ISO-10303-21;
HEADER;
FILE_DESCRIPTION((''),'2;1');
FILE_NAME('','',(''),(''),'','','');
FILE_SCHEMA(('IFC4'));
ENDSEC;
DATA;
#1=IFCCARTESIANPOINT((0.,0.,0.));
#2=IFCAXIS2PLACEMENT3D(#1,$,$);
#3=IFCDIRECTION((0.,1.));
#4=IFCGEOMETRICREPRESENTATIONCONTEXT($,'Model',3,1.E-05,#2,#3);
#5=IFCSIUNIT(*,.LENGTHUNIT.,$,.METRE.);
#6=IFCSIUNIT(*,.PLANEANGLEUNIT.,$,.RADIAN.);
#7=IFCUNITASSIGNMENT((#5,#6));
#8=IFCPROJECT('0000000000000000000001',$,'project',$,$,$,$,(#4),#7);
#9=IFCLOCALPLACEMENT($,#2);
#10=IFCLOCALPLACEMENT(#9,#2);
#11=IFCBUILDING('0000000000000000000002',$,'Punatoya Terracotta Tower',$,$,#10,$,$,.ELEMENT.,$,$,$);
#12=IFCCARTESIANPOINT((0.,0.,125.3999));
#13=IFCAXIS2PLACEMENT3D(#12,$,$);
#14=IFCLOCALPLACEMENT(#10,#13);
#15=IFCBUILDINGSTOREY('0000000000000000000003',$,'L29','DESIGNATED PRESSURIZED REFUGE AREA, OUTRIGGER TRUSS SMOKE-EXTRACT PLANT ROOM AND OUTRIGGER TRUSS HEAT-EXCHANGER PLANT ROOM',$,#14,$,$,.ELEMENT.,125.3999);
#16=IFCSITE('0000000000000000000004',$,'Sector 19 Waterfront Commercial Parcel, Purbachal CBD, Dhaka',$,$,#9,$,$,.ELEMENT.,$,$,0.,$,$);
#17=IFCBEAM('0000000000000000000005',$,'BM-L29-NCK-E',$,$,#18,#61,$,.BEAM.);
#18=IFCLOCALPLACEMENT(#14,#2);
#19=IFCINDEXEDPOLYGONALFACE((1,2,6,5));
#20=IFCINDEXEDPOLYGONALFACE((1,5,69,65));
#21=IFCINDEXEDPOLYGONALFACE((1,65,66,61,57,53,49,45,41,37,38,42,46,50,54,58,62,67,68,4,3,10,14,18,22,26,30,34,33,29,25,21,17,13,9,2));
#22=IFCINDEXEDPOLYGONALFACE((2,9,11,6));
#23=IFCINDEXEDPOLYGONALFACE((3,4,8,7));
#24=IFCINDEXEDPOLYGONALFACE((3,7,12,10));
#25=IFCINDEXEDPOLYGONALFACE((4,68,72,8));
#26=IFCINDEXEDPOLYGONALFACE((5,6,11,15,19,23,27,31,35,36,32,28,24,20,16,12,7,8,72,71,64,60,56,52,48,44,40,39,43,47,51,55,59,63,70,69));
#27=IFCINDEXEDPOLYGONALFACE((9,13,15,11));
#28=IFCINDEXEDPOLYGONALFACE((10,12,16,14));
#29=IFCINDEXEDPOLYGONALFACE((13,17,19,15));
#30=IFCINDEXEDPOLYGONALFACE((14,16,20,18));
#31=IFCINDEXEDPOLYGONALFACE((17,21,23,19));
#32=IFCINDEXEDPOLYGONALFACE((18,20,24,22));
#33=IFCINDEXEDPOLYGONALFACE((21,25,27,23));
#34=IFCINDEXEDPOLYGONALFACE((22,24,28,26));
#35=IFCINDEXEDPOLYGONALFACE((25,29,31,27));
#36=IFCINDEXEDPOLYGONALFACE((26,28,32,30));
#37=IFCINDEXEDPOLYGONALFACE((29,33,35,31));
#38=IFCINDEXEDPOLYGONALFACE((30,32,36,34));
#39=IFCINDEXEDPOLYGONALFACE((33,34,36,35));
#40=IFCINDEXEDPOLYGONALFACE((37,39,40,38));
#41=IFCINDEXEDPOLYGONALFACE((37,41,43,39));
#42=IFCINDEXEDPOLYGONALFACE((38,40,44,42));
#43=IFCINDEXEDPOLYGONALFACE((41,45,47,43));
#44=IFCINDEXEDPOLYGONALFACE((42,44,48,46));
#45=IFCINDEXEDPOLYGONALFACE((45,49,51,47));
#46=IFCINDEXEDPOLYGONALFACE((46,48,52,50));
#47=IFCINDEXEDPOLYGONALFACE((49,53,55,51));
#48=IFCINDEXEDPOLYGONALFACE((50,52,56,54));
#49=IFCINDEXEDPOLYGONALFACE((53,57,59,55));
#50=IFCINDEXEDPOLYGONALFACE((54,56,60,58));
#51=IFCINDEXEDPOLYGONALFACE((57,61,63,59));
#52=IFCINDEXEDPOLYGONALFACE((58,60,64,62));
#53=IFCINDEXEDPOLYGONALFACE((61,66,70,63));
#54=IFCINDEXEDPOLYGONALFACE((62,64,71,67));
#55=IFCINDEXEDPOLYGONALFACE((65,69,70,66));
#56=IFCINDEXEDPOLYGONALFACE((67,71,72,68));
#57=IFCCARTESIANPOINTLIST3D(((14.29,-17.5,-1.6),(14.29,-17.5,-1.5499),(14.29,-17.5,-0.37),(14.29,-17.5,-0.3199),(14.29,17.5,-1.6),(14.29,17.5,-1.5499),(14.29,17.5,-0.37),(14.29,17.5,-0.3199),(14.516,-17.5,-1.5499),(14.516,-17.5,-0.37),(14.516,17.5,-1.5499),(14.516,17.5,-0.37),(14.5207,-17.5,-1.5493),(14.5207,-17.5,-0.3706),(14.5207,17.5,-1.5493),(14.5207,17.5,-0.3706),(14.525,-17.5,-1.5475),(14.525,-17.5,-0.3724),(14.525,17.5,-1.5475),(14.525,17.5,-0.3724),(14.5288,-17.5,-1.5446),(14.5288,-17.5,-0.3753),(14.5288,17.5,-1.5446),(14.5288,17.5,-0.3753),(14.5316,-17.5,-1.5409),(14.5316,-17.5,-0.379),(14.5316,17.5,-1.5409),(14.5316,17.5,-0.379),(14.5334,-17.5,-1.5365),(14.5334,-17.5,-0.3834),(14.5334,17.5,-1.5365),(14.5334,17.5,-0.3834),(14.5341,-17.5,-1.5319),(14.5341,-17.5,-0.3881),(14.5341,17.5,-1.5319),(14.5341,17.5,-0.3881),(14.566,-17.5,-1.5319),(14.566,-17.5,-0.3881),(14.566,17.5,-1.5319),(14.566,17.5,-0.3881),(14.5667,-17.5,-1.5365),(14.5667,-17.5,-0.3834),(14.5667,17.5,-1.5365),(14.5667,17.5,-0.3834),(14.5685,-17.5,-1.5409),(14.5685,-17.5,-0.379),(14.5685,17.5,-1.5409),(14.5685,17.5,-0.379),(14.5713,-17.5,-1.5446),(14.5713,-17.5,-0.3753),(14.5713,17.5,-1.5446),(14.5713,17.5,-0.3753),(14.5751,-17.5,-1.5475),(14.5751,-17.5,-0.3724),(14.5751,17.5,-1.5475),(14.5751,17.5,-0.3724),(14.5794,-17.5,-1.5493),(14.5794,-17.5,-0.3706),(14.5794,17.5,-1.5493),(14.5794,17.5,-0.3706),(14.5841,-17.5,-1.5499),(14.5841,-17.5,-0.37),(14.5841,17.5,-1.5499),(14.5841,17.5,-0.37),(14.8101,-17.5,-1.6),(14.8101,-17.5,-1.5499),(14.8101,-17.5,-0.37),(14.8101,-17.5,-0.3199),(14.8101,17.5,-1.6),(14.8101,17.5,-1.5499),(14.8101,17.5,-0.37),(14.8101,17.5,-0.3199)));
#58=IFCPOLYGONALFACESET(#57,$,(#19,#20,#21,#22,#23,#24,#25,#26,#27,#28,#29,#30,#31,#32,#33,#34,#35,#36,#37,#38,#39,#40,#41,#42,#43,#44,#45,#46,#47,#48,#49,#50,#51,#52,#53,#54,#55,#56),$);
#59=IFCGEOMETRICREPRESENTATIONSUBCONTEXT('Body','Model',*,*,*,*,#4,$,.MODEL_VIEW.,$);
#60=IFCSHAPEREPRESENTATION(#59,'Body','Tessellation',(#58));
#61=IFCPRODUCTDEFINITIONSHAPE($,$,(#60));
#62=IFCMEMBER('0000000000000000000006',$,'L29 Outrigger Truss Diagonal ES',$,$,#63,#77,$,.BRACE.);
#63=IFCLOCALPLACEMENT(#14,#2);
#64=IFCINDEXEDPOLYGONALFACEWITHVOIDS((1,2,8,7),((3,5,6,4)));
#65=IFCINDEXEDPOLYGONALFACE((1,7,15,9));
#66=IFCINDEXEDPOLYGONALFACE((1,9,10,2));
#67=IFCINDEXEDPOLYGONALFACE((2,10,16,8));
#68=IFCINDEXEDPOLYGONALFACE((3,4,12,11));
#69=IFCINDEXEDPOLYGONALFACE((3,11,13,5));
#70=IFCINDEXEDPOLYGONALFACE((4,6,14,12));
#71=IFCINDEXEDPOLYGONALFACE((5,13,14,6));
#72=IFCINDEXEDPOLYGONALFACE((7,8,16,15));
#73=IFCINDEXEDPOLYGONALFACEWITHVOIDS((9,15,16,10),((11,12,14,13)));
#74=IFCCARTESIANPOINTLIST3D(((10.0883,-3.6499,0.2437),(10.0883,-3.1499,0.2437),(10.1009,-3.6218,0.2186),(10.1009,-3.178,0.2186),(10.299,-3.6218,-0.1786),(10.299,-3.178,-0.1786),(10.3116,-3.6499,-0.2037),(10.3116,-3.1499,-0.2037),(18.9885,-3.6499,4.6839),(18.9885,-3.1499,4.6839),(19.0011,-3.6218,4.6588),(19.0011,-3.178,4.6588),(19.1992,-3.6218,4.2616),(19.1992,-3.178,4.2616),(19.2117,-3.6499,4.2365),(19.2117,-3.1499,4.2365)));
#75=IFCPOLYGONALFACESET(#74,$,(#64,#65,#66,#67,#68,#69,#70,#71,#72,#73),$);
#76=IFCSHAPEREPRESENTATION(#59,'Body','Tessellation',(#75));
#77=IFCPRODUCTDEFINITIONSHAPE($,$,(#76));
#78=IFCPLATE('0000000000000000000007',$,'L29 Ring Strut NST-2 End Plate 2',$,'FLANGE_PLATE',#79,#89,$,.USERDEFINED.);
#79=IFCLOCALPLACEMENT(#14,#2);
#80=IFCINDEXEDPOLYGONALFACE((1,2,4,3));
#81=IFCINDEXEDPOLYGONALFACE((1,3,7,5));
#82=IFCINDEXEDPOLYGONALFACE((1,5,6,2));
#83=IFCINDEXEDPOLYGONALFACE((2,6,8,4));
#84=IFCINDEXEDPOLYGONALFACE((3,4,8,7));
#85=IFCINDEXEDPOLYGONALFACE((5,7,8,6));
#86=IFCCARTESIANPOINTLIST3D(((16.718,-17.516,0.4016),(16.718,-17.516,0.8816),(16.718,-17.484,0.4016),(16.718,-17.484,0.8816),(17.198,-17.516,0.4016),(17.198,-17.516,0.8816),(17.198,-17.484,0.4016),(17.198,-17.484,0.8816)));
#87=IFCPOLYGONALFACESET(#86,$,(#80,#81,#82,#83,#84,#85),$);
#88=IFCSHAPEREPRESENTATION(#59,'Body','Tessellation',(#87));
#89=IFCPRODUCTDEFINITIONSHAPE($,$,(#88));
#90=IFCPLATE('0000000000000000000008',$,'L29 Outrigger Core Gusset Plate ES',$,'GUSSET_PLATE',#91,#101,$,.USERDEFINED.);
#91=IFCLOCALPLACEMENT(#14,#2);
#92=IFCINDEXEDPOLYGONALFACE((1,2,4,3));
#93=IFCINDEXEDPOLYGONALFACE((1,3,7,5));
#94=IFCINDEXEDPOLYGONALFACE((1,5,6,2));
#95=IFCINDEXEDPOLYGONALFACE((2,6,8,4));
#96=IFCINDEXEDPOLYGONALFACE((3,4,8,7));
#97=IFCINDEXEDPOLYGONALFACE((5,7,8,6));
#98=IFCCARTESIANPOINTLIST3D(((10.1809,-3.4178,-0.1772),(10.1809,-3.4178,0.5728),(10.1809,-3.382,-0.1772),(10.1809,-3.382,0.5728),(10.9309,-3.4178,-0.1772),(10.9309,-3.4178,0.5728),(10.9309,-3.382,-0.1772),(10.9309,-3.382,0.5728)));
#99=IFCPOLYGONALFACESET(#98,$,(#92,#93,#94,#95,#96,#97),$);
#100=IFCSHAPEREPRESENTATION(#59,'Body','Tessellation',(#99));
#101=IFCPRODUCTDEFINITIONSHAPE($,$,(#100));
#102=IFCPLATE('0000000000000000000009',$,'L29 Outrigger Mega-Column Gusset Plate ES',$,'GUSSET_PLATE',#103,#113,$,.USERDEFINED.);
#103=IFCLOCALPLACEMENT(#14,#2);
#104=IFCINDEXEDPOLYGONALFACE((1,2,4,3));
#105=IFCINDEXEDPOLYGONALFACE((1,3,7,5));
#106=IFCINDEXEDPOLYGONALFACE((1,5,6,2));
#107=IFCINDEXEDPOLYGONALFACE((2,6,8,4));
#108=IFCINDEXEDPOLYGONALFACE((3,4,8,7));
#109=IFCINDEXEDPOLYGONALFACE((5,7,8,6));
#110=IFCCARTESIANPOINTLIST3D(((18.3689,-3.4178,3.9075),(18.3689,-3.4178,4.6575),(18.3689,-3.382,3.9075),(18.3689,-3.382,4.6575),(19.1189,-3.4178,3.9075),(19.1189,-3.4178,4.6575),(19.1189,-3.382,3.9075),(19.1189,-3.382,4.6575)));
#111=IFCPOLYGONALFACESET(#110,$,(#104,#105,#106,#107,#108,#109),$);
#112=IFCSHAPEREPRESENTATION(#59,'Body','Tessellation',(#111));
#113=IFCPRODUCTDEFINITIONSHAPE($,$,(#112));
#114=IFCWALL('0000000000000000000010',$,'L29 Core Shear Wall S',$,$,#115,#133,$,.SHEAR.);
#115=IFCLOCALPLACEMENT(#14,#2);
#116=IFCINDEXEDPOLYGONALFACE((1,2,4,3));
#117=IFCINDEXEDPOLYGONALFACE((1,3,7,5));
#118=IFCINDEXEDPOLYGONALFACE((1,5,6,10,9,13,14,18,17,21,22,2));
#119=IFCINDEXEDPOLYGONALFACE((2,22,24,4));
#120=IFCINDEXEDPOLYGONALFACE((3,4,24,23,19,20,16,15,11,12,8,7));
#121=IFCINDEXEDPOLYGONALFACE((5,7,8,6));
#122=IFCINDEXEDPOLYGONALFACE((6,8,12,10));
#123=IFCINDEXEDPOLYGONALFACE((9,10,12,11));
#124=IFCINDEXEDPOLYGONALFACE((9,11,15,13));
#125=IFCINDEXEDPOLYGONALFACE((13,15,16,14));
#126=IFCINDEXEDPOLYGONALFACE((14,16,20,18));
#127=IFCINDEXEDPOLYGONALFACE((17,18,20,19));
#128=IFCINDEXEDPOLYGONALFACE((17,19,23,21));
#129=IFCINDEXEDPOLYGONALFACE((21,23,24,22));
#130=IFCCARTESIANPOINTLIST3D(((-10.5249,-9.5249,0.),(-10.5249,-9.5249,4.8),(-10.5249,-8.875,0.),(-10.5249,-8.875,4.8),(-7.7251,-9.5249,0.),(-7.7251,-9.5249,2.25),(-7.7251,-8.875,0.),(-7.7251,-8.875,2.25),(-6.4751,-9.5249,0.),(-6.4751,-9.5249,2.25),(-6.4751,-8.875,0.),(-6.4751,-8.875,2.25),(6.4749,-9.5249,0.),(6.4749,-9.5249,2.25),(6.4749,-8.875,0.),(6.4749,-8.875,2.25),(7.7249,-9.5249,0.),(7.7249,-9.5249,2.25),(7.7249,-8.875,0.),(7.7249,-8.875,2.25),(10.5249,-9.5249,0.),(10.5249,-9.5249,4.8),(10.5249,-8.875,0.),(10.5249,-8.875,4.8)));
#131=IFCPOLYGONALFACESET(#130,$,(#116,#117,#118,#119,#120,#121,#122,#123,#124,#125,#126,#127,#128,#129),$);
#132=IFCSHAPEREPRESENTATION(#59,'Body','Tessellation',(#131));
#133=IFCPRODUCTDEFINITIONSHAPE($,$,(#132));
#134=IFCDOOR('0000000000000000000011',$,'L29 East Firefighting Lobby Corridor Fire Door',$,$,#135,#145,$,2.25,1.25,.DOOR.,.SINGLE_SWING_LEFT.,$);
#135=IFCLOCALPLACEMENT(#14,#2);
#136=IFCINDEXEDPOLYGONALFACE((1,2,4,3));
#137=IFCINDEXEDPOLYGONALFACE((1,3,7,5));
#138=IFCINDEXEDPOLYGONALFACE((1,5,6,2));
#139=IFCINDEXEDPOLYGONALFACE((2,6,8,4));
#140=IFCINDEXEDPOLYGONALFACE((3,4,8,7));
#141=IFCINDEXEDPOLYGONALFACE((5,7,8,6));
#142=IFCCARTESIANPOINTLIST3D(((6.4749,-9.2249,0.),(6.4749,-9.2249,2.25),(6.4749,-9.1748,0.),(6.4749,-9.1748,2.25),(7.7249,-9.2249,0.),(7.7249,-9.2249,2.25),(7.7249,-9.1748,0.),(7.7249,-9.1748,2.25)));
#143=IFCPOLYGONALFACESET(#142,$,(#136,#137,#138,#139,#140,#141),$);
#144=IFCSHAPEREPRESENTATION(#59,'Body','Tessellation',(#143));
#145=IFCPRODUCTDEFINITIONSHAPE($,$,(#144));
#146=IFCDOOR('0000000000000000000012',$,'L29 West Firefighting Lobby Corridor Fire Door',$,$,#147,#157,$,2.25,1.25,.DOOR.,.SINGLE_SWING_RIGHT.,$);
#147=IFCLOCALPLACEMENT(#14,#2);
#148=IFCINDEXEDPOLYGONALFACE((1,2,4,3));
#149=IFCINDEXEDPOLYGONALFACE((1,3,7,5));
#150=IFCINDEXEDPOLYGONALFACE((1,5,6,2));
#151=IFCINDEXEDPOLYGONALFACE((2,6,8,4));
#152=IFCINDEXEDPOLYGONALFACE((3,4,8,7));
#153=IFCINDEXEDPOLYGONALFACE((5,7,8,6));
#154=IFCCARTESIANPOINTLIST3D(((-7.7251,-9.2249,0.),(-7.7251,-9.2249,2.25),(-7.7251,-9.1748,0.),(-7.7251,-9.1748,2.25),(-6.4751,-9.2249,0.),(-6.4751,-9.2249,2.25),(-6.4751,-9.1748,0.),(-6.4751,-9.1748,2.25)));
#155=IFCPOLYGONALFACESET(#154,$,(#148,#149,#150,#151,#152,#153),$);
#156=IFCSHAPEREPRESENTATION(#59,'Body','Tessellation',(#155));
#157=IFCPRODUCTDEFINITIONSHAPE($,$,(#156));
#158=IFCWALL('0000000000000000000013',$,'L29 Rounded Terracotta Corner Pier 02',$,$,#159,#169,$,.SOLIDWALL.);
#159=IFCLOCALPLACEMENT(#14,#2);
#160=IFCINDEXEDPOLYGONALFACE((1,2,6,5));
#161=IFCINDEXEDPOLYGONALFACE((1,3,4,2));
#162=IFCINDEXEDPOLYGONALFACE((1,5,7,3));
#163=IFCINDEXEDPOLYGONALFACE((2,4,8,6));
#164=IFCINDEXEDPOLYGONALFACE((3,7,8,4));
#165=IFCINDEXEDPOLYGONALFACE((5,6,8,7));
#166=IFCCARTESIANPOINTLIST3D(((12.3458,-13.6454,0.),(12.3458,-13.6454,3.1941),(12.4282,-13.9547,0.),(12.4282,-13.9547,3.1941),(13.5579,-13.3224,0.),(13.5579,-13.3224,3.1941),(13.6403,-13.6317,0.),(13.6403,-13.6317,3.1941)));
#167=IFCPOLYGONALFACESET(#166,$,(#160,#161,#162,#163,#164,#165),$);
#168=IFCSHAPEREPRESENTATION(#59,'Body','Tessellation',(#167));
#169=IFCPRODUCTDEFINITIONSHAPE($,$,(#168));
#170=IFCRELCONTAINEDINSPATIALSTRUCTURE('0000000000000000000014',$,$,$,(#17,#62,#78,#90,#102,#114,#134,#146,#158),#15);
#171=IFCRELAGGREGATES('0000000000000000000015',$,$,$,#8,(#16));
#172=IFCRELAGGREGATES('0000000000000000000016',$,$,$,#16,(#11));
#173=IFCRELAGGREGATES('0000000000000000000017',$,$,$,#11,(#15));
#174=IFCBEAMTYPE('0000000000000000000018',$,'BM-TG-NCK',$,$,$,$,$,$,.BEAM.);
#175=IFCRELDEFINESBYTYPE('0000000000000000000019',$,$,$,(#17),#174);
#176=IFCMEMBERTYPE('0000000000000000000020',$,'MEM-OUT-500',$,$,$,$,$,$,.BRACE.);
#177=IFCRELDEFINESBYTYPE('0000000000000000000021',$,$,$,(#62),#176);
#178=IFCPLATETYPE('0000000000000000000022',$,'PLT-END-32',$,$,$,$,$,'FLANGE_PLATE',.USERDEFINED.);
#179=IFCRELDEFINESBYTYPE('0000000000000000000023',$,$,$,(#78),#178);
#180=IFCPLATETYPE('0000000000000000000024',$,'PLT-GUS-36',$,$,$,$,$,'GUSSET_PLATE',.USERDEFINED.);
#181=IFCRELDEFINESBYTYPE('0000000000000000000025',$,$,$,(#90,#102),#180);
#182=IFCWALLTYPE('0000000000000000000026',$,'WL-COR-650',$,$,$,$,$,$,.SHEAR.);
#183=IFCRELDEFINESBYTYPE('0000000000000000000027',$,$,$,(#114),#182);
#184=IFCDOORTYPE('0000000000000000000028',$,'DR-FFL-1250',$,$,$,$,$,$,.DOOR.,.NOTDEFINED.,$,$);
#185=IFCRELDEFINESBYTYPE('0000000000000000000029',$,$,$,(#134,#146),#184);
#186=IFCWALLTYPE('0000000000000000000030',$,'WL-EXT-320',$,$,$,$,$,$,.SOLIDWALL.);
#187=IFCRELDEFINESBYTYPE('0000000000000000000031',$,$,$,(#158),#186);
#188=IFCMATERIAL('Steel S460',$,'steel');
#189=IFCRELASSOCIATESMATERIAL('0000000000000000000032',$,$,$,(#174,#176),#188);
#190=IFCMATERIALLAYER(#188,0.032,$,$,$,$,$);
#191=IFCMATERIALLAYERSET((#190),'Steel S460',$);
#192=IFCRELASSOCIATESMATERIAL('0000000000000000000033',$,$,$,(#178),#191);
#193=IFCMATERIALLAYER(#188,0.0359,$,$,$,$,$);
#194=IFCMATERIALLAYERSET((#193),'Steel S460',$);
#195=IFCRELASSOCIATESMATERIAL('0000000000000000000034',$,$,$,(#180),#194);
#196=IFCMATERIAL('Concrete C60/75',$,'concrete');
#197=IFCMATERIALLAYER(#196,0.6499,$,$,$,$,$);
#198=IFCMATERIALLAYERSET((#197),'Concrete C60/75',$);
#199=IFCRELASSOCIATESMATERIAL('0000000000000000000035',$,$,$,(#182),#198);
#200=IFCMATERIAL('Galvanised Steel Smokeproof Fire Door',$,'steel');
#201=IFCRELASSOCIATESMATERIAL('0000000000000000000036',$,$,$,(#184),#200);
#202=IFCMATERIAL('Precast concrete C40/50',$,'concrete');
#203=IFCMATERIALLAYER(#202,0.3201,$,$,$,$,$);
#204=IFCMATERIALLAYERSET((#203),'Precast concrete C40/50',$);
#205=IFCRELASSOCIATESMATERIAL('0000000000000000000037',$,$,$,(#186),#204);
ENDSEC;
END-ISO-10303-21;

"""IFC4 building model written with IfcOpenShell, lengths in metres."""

from ifc_helpers import new_model, si_unit, direction, frame, frame_2d, origin, origin_2d, place, context, subcontext, project, spatial, rectangle, hollow_rectangle, i_section, extrude, material, layer, layer_set, material_profile, profile_set, type_object, element, fill, save


model = new_model("IFC4")

# Units and contexts
model_context = context("Model", 3, precision=1e-05, world=origin(), true_north=direction((0.0, 1.0)))
body_context = subcontext(model_context, "Body", "Model", "MODEL_VIEW")
ifc_project = project(units=[si_unit("LENGTHUNIT", "METRE"), si_unit("PLANEANGLEUNIT", "RADIAN")], contexts=[model_context])

# Site, building, storey
site_placement = place(None, origin())
site = spatial("IfcSite", under=ifc_project, at=site_placement, Name="Sector 19 Waterfront Commercial Parcel, Purbachal CBD, Dhaka", CompositionType="ELEMENT", RefElevation=0.0)
building_placement = place(site_placement, origin())
building = spatial("IfcBuilding", under=site, at=building_placement, Name="Punatoya Terracotta Tower", CompositionType="ELEMENT")
storey_placement = place(building_placement, frame((0.0, 0.0, 125.3999)))
storey = spatial("IfcBuildingStorey", under=building, at=storey_placement, Name="L29", Description="DESIGNATED PRESSURIZED REFUGE AREA, OUTRIGGER TRUSS SMOKE-EXTRACT PLANT ROOM AND OUTRIGGER TRUSS HEAT-EXCHANGER PLANT ROOM", CompositionType="ELEMENT", Elevation=125.3999)

# Shared definitions
ifc_material_1 = material(Name="Steel S460", Category="steel")

# Beam
ifc_material_profile_1 = material_profile(ifc_material_1, i_section(OverallWidth=0.52, OverallDepth=1.28, WebThickness=0.032, FlangeThickness=0.05, FilletRadius=0.0181, at=origin_2d()))
ifc_profile_set_1 = profile_set([ifc_material_profile_1], Name="Steel S460")
beam_type_1 = type_object("IfcBeamType", Name="BM-TG-NCK", PredefinedType="BEAM", material=ifc_profile_set_1)
beam_1_placement = place(storey_placement, frame((14.55, -17.5, -0.96), z_axis=(0.0, 1.0, 0.0), x_axis=(-1.0, 0.0, 0.0)))
element("IfcBeam", 1, at=beam_1_placement, inside=storey, type_object=beam_type_1, Name="BM-L29-NCK-E", PredefinedType="BEAM", context=body_context, shape_type="SweptSolid", body=[
    extrude(i_section(OverallWidth=0.52, OverallDepth=1.28, WebThickness=0.032, FlangeThickness=0.05, FilletRadius=0.0181, at=origin_2d()), origin(), (0.0, 0.0, 1.0), 35.0),
])

# Member
ifc_material_profile_2 = material_profile(ifc_material_1, hollow_rectangle(XDim=0.5, YDim=0.5, WallThickness=0.0281, at=origin_2d()))
ifc_profile_set_2 = profile_set([ifc_material_profile_2], Name="Steel S460")
member_type = type_object("IfcMemberType", Name="MEM-OUT-500", PredefinedType="BRACE", material=ifc_profile_set_2)
member_placement = place(storey_placement, frame((10.2, -3.3999, 0.02), z_axis=(0.894824, 0.0, 0.446418), x_axis=(0.0, 1.0, 0.0)))
element("IfcMember", 2, at=member_placement, inside=storey, type_object=member_type, Name="L29 Outrigger Truss Diagonal ES", PredefinedType="BRACE", context=body_context, shape_type="SweptSolid", body=[
    extrude(hollow_rectangle(XDim=0.5, YDim=0.5, WallThickness=0.0281, at=origin_2d()), origin(), (0.0, 0.0, 1.0), 9.9463),
])

# Plates
ifc_layer_1 = layer(ifc_material_1, 0.032)
ifc_layer_set_1 = layer_set([ifc_layer_1], Name="Steel S460")
plate_type_1 = type_object("IfcPlateType", Name="PLT-END-32", ElementType="FLANGE_PLATE", PredefinedType="USERDEFINED", material=ifc_layer_set_1)
plate_placement = place(storey_placement, frame((16.958, -17.5, 0.4016), z_axis=(0.0, 0.0, 1.0), x_axis=(1.0, 0.0, 0.0)))
element("IfcPlate", 3, at=plate_placement, inside=storey, type_object=plate_type_1, Name="L29 Ring Strut NST-2 End Plate 2", ObjectType="FLANGE_PLATE", PredefinedType="USERDEFINED", context=body_context, shape_type="SweptSolid", body=[
    extrude(rectangle(XDim=0.48, YDim=0.032, at=origin_2d()), origin(), (0.0, 0.0, 1.0), 0.48),
])
ifc_layer_2 = layer(ifc_material_1, 0.0359)
ifc_layer_set_2 = layer_set([ifc_layer_2], Name="Steel S460")
plate_type_2 = type_object("IfcPlateType", Name="PLT-GUS-36", ElementType="GUSSET_PLATE", PredefinedType="USERDEFINED", material=ifc_layer_set_2)
for number, where, z_axis, x_axis, name in (
    (4, (10.5559, -3.3999, -0.1772), (0.0, 0.0, 1.0), (1.0, 0.0, 0.0), "L29 Outrigger Core Gusset Plate ES"),
    (5, (18.7439, -3.3999, 3.9075), (0.0, 0.0, 1.0), (1.0, 0.0, 0.0), "L29 Outrigger Mega-Column Gusset Plate ES"),
):
    element("IfcPlate", number, at=place(storey_placement, frame(where, z_axis=z_axis, x_axis=x_axis)), inside=storey, type_object=plate_type_2, Name=name, ObjectType="GUSSET_PLATE", PredefinedType="USERDEFINED", context=body_context, shape_type="SweptSolid", body=[
        extrude(rectangle(XDim=0.75, YDim=0.0359, at=origin_2d()), origin(), (0.0, 0.0, 1.0), 0.75),
    ])

# Wall, openings, doors
ifc_material_2 = material(Name="Concrete C60/75", Category="concrete")
ifc_layer_3 = layer(ifc_material_2, 0.6499)
ifc_layer_set_3 = layer_set([ifc_layer_3], Name="Concrete C60/75")
wall_type_1 = type_object("IfcWallType", Name="WL-COR-650", PredefinedType="SHEAR", material=ifc_layer_set_3)
wall_1_placement = place(storey_placement, frame((10.5249, -9.2, 0.0), z_axis=(0.0, 0.0, 1.0), x_axis=(-1.0, 0.0, 0.0)))
wall_1 = element("IfcWall", 6, at=wall_1_placement, inside=storey, type_object=wall_type_1, Name="L29 Core Shear Wall S", PredefinedType="SHEAR", context=body_context, shape_type="SweptSolid", body=[
    extrude(rectangle(XDim=21.0498, YDim=0.6499, at=frame_2d((10.5249, 0.0))), origin(), (0.0, 0.0, 1.0), 4.8),
])
opening_1_placement = place(wall_1_placement, frame((2.8, 0.0, 0.0)))
opening_1 = element("IfcOpeningElement", 7, at=opening_1_placement, cuts=wall_1, PredefinedType="OPENING", context=body_context, shape_type="SweptSolid", body=[
    extrude(rectangle(XDim=1.25, YDim=2.25, at=frame_2d((0.625, 1.125))), frame((0.0, 0.335, 0.0), z_axis=(0.0, -1.0, 0.0), x_axis=(1.0, 0.0, 0.0)), (0.0, 0.0, 1.0), 0.6699),
])
opening_2_placement = place(wall_1_placement, frame((17.0, 0.0, 0.0)))
opening_2 = element("IfcOpeningElement", 8, at=opening_2_placement, cuts=wall_1, PredefinedType="OPENING", context=body_context, shape_type="SweptSolid", body=[
    extrude(rectangle(XDim=1.25, YDim=2.25, at=frame_2d((0.625, 1.125))), frame((0.0, 0.335, 0.0), z_axis=(0.0, -1.0, 0.0), x_axis=(1.0, 0.0, 0.0)), (0.0, 0.0, 1.0), 0.6699),
])
ifc_material_3 = material(Name="Galvanised Steel Smokeproof Fire Door", Category="steel")
door_type_1 = type_object("IfcDoorType", Name="DR-FFL-1250", OperationType="NOTDEFINED", PredefinedType="DOOR", material=ifc_material_3)
door_1_placement = place(opening_1_placement, origin())
door_1 = element("IfcDoor", 9, at=door_1_placement, inside=storey, type_object=door_type_1, Name="L29 East Firefighting Lobby Corridor Fire Door", OperationType="SINGLE_SWING_LEFT", OverallHeight=2.25, OverallWidth=1.25, PredefinedType="DOOR", context=body_context, shape_type="SweptSolid", body=[
    extrude(rectangle(XDim=1.25, YDim=2.25, at=frame_2d((0.625, 1.125))), frame((0.0, 0.0249, 0.0), z_axis=(0.0, -1.0, 0.0), x_axis=(1.0, 0.0, 0.0)), (0.0, 0.0, 1.0), 0.05),
])
fill(opening_1, door_1)
door_2_placement = place(opening_2_placement, origin())
door_2 = element("IfcDoor", 10, at=door_2_placement, inside=storey, type_object=door_type_1, Name="L29 West Firefighting Lobby Corridor Fire Door", OperationType="SINGLE_SWING_RIGHT", OverallHeight=2.25, OverallWidth=1.25, PredefinedType="DOOR", context=body_context, shape_type="SweptSolid", body=[
    extrude(rectangle(XDim=1.25, YDim=2.25, at=frame_2d((0.625, 1.125))), frame((0.0, 0.0249, 0.0), z_axis=(0.0, -1.0, 0.0), x_axis=(1.0, 0.0, 0.0)), (0.0, 0.0, 1.0), 0.05),
])
fill(opening_2, door_2)

# Wall
ifc_material_4 = material(Name="Precast concrete C40/50", Category="concrete")
ifc_layer_4 = layer(ifc_material_4, 0.3201)
ifc_layer_set_4 = layer_set([ifc_layer_4], Name="Precast concrete C40/50")
wall_type_2 = type_object("IfcWallType", Name="WL-EXT-320", PredefinedType="SOLIDWALL", material=ifc_layer_set_4)
wall_2_placement = place(storey_placement, frame((12.387, -13.8, 0.0), z_axis=(0.0, 0.0, 1.0), x_axis=(0.966283, 0.257481, 0.0)))
element("IfcWall", 11, at=wall_2_placement, inside=storey, type_object=wall_type_2, Name="L29 Rounded Terracotta Corner Pier 02", PredefinedType="SOLIDWALL", context=body_context, shape_type="SweptSolid", body=[
    extrude(rectangle(XDim=1.2544, YDim=0.3201, at=frame_2d((0.6272, 0.0))), origin(), (0.0, 0.0, 1.0), 3.1941),
])

save(model, "model.ifc")
